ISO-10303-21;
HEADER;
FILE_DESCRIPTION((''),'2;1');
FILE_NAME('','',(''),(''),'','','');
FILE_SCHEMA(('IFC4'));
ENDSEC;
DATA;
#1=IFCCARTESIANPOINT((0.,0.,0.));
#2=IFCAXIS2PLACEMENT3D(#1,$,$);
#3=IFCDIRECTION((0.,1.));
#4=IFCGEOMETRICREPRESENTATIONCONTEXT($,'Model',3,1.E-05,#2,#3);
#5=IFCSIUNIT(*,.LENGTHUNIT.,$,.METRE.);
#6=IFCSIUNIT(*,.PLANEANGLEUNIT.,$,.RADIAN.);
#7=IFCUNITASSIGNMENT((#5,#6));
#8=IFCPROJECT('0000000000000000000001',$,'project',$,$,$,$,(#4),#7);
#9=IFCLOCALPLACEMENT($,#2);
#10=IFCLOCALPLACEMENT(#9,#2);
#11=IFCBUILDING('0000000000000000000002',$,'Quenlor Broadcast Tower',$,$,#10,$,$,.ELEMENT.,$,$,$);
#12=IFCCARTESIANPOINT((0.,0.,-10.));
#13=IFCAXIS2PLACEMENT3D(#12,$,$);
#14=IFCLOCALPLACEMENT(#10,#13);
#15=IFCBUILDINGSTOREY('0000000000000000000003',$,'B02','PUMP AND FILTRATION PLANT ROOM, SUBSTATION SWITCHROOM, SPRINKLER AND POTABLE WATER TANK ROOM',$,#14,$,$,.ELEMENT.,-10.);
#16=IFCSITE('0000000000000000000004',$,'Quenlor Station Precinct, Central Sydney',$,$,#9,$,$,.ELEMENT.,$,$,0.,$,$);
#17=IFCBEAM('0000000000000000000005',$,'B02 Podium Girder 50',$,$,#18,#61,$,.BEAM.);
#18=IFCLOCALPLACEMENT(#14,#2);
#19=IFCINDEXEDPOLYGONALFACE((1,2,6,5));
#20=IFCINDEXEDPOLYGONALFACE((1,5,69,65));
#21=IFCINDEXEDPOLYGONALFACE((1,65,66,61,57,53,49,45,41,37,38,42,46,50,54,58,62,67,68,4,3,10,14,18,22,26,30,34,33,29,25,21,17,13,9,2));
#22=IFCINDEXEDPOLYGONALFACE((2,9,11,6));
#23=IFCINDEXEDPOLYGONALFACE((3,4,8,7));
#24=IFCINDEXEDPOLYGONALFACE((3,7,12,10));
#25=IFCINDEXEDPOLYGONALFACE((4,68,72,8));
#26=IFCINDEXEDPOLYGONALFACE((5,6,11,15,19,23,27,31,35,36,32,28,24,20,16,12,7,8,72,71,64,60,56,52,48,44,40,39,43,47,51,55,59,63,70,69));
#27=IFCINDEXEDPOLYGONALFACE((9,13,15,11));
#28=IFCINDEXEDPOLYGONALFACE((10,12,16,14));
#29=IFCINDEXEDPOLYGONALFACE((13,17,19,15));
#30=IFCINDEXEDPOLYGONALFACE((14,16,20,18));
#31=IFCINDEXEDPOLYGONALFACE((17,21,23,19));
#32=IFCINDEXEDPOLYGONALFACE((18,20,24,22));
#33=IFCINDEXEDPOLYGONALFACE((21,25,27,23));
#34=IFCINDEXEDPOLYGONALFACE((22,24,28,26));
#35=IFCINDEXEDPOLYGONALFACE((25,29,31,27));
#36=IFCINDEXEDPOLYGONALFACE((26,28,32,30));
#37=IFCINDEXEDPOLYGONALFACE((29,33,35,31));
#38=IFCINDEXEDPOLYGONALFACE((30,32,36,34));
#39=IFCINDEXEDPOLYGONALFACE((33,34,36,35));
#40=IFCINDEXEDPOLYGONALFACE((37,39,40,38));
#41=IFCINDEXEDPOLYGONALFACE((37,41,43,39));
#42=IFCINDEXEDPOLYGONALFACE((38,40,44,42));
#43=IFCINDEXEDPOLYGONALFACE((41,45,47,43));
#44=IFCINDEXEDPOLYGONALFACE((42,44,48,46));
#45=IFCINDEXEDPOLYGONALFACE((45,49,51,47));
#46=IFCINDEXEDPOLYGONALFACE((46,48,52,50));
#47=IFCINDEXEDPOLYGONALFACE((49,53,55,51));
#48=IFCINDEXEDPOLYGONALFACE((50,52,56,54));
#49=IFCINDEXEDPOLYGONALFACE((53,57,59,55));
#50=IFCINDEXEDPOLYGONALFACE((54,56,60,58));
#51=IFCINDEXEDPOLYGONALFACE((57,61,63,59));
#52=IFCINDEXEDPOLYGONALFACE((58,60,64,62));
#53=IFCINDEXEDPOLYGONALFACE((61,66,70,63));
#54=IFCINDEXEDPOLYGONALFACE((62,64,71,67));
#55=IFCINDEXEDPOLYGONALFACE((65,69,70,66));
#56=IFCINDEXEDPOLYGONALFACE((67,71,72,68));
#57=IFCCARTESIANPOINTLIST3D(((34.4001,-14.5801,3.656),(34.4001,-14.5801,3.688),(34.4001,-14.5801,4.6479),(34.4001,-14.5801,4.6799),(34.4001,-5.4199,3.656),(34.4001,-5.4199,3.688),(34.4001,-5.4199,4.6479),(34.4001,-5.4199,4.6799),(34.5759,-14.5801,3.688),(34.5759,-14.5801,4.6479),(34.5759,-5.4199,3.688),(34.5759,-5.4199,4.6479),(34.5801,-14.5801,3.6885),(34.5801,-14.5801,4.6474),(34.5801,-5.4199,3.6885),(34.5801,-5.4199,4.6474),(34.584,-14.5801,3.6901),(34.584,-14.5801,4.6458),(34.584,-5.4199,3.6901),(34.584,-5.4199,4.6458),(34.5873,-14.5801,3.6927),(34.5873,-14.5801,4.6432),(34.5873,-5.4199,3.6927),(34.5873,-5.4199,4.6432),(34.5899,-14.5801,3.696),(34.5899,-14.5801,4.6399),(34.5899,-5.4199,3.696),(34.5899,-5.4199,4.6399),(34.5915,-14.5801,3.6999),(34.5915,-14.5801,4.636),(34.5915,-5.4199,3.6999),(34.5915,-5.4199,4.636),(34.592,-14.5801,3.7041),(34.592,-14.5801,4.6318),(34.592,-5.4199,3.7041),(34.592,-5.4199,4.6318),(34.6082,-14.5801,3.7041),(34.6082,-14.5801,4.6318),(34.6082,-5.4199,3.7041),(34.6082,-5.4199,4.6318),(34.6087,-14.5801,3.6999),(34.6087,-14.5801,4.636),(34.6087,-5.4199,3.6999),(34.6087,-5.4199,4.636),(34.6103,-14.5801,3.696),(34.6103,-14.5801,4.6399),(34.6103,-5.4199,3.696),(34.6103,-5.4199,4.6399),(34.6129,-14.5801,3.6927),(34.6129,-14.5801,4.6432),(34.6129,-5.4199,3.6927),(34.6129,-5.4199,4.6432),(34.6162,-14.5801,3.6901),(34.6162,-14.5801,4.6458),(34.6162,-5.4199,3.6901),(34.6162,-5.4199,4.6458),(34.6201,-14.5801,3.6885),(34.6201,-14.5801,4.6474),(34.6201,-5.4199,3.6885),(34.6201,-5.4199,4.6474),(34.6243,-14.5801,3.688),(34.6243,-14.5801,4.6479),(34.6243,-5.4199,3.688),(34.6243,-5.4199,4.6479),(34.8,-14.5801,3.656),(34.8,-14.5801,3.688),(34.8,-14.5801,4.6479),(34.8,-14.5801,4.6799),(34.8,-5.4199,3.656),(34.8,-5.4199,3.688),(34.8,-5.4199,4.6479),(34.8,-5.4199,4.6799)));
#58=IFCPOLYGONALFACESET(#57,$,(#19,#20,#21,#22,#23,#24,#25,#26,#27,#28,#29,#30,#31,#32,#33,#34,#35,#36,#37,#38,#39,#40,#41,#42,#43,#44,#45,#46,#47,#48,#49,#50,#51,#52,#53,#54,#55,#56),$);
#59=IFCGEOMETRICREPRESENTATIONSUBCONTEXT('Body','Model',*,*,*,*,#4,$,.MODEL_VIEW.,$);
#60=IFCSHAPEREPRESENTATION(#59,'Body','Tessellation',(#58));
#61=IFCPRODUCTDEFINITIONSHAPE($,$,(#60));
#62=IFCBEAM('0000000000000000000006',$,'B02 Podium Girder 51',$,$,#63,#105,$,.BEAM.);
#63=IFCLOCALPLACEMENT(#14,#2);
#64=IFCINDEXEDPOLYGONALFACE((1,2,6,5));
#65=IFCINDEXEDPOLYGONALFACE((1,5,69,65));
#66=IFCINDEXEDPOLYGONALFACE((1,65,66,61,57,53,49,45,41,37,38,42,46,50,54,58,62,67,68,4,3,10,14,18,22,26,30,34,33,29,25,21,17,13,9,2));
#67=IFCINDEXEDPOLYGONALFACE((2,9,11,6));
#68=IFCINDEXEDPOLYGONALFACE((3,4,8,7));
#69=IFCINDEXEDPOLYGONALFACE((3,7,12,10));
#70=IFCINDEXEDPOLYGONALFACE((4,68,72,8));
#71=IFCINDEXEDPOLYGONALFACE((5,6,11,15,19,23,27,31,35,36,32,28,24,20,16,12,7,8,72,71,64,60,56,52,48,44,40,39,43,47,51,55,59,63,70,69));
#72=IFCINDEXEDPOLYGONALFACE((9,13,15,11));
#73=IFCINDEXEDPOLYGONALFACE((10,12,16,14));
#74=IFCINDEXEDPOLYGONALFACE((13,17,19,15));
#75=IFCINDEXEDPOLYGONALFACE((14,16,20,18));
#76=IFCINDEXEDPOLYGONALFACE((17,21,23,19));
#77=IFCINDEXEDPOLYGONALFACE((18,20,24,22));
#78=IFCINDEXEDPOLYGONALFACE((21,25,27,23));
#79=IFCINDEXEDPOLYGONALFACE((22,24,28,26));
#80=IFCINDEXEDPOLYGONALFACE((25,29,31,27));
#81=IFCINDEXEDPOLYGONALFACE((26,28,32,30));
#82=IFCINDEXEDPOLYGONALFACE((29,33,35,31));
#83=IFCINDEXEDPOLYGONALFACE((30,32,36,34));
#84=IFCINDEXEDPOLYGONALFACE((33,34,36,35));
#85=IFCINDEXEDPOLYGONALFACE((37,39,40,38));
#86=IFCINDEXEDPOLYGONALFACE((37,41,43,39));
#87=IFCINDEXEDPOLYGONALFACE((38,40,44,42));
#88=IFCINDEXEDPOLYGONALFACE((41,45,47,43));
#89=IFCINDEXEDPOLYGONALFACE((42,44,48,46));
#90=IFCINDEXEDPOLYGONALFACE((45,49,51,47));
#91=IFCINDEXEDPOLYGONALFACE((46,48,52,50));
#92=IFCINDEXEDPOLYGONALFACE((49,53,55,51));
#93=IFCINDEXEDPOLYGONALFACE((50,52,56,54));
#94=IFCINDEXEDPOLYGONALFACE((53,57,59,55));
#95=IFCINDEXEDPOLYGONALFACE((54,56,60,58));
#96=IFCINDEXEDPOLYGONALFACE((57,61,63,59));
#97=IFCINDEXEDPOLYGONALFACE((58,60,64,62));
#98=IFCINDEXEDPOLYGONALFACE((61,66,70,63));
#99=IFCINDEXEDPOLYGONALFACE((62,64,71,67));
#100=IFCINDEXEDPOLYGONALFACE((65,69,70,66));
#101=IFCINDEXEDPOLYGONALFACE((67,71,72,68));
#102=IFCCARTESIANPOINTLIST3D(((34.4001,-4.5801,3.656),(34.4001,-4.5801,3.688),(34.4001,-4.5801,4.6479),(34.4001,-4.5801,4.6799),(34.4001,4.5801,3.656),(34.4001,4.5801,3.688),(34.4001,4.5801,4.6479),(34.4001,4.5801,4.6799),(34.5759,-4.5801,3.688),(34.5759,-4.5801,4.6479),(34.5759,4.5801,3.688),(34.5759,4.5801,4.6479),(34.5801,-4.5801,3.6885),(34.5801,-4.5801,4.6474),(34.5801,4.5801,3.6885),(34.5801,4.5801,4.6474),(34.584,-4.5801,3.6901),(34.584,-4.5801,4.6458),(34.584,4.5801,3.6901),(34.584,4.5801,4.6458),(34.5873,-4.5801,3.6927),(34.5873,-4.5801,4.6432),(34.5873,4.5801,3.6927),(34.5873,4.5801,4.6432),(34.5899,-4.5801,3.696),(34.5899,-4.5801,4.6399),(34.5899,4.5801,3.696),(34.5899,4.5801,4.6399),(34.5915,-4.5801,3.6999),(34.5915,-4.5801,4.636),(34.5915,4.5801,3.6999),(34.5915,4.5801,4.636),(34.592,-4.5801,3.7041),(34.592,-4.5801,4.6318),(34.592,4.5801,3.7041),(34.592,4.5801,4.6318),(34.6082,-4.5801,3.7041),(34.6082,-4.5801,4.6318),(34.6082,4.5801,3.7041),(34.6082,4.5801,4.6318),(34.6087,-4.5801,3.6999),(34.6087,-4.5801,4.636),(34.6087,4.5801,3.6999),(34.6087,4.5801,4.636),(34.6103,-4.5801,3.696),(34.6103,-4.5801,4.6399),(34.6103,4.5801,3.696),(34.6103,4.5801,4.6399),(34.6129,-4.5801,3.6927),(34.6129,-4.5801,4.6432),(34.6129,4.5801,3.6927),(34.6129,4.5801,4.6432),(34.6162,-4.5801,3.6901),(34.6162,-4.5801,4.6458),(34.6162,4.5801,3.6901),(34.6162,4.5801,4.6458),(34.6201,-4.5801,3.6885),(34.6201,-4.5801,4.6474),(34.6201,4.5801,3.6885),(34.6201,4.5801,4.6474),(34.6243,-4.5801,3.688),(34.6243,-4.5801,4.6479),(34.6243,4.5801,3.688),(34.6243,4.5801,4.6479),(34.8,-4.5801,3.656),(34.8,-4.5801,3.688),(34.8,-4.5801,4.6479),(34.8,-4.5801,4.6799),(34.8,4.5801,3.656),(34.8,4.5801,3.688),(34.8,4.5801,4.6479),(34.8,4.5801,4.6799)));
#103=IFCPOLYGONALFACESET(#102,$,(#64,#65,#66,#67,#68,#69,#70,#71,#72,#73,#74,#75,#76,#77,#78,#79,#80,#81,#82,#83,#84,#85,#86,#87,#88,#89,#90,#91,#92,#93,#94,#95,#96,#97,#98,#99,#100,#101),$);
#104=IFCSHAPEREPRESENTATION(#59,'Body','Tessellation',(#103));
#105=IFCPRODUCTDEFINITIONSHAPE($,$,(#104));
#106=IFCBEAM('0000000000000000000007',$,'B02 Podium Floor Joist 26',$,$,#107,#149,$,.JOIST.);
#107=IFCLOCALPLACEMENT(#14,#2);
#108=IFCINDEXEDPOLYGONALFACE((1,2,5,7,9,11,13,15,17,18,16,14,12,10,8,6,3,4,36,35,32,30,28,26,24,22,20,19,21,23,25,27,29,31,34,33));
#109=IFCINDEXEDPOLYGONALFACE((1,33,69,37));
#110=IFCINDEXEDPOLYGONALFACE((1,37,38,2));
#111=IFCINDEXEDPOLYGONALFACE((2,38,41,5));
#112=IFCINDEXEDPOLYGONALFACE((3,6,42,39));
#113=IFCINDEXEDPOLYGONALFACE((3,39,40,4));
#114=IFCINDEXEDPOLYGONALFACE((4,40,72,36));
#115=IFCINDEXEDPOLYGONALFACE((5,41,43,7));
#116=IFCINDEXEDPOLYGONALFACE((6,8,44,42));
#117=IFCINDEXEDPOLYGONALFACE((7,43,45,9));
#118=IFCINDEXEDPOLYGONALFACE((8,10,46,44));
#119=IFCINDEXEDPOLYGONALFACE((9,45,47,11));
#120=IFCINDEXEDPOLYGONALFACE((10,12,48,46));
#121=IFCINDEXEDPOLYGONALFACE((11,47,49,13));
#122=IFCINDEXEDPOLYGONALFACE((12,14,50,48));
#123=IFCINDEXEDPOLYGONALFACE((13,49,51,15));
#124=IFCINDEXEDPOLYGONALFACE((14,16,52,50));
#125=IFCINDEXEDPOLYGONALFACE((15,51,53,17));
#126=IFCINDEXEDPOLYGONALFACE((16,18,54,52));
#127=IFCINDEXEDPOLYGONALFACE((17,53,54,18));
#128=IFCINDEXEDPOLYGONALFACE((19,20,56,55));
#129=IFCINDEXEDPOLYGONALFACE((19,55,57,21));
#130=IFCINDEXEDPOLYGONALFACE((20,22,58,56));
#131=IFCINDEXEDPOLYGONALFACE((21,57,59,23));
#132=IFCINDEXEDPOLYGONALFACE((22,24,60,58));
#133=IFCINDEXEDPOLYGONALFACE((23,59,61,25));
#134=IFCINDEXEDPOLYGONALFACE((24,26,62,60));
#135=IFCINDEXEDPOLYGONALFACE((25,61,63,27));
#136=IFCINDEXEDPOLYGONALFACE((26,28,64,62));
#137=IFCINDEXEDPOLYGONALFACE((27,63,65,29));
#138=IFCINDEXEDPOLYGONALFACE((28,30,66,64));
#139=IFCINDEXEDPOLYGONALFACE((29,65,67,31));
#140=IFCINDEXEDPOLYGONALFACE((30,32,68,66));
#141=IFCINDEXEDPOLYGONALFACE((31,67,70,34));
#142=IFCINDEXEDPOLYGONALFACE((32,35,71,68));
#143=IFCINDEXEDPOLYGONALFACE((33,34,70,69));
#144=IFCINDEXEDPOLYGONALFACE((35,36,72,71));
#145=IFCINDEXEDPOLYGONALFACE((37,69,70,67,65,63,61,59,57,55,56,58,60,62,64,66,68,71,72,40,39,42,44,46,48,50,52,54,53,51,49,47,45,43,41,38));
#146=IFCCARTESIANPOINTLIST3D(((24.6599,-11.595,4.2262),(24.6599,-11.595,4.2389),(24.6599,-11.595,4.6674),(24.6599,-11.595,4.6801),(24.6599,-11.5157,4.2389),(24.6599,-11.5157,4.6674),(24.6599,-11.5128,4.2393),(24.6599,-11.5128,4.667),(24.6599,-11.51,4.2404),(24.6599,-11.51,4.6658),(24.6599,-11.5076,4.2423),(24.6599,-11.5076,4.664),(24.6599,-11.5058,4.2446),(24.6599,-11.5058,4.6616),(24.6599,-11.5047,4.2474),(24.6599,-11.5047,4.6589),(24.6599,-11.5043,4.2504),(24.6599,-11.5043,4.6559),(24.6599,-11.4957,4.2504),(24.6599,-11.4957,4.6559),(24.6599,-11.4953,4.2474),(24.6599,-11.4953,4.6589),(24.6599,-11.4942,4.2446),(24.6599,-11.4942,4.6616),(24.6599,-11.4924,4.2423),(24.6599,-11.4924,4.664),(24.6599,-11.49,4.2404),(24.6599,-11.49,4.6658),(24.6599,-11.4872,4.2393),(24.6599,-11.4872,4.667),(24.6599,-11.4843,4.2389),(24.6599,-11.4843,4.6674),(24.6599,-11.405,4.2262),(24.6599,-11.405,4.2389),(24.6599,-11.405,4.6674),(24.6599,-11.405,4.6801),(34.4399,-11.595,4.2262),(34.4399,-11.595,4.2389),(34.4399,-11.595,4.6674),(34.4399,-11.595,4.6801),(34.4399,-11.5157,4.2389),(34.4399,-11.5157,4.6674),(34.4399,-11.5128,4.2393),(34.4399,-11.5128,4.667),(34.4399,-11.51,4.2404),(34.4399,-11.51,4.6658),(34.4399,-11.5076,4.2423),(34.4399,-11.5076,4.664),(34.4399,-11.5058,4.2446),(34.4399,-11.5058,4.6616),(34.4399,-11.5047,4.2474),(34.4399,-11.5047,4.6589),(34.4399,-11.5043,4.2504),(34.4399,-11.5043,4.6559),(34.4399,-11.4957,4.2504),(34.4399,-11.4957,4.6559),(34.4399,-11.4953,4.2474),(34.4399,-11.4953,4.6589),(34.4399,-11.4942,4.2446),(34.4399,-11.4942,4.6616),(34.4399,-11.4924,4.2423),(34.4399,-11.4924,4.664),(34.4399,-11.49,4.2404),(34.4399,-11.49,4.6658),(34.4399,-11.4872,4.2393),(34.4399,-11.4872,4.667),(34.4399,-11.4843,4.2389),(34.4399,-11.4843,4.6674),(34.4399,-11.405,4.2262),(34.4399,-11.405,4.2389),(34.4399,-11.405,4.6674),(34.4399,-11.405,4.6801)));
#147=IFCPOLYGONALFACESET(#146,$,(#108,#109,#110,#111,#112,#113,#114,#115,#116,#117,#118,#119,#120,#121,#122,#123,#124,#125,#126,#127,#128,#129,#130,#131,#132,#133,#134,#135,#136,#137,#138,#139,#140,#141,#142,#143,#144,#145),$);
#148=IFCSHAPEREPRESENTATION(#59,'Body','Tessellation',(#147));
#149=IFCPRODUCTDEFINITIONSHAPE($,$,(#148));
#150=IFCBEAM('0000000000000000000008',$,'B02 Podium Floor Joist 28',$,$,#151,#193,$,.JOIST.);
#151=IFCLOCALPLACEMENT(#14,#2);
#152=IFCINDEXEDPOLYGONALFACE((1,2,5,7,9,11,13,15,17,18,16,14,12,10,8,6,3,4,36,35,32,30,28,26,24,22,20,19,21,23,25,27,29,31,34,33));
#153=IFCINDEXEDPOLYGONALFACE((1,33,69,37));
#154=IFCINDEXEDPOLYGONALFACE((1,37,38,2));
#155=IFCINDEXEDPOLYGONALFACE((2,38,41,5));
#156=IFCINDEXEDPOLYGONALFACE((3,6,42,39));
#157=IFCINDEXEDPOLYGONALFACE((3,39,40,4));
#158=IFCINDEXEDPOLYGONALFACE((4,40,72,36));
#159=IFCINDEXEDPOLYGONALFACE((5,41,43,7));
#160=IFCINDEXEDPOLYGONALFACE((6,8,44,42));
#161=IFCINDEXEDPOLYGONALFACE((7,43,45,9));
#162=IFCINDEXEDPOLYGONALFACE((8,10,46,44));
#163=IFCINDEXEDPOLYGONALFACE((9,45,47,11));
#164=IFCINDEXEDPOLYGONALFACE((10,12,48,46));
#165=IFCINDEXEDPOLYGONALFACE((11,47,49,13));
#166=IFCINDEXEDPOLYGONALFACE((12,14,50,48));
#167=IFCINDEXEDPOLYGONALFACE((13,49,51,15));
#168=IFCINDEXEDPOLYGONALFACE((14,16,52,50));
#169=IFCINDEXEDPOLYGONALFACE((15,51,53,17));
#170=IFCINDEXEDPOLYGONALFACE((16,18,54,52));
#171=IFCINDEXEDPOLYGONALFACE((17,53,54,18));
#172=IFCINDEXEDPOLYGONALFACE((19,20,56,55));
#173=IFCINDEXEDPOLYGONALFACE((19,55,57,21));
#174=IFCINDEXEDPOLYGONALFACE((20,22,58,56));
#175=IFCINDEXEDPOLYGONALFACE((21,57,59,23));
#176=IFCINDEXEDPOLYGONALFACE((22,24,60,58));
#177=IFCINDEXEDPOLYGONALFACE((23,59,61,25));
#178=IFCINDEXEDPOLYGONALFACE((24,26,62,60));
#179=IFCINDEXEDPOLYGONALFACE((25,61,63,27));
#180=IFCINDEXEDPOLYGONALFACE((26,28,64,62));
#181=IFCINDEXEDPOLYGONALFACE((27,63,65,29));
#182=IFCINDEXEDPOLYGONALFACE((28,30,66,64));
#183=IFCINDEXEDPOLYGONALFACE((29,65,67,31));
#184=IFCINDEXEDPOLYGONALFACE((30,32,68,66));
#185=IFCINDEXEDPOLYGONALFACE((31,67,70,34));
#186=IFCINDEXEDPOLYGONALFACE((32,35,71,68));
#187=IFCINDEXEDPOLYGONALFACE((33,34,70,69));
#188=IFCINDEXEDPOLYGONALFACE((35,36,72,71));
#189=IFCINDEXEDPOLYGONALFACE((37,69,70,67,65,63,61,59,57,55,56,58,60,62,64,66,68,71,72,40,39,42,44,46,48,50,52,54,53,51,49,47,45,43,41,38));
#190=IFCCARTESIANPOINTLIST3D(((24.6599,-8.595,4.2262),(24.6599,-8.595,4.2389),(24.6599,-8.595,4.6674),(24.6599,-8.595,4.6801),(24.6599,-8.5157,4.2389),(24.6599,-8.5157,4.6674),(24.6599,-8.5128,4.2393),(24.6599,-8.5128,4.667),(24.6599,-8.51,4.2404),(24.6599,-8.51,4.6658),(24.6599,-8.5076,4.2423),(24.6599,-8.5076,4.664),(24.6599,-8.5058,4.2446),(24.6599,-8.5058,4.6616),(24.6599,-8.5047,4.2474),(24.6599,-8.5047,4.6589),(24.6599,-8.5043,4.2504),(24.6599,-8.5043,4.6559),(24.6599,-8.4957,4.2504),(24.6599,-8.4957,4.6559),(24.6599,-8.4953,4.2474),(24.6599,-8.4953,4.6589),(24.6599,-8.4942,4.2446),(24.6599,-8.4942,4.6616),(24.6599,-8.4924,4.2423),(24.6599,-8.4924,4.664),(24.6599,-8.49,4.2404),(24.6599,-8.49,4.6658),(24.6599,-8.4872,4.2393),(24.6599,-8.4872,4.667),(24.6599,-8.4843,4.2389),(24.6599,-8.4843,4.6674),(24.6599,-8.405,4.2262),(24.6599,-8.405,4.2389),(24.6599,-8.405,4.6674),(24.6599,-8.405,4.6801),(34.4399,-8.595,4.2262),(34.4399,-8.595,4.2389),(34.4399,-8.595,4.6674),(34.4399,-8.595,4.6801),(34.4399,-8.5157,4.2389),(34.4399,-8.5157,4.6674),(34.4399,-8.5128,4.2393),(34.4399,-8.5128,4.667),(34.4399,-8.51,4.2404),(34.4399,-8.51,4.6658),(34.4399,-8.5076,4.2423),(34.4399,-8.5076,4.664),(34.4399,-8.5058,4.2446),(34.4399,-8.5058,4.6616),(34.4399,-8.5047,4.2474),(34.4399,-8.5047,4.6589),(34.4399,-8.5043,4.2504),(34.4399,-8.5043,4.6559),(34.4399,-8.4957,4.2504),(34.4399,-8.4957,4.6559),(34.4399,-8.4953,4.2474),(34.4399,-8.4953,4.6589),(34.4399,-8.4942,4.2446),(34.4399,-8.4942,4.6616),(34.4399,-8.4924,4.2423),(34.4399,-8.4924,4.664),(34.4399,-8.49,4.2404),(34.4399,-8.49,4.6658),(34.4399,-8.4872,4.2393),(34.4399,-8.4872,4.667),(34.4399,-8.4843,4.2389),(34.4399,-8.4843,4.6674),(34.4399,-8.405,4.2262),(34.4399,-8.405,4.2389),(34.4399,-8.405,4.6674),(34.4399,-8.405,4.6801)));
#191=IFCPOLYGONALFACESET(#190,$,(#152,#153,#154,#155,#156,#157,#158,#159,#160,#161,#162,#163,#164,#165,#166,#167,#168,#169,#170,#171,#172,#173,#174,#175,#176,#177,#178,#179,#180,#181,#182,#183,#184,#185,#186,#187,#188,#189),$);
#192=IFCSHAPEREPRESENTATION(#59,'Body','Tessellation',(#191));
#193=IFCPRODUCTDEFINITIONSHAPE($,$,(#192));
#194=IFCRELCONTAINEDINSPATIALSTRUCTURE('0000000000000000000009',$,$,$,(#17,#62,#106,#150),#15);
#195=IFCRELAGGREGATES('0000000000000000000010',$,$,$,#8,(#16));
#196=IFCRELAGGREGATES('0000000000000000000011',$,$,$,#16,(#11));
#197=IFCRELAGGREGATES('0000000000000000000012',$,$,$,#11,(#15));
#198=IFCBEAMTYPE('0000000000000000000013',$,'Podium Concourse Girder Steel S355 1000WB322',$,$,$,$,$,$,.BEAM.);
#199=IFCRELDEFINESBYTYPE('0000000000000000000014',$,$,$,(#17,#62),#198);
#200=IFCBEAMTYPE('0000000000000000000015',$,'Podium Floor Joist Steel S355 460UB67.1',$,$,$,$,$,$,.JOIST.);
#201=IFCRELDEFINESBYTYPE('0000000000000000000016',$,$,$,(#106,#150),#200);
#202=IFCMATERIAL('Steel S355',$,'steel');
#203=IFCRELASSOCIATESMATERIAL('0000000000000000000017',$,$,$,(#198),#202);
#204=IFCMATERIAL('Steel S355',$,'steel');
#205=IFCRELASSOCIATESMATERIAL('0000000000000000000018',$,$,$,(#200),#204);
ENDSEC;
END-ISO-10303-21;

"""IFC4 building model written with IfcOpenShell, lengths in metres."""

from ifc_helpers import new_model, si_unit, direction, frame, origin, origin_2d, place, context, subcontext, project, spatial, i_section, extrude, material, material_profile, profile_set, type_object, element, save


model = new_model("IFC4")

# Units and contexts
model_context = context("Model", 3, precision=1e-05, world=origin(), true_north=direction((0.0, 1.0)))
body_context = subcontext(model_context, "Body", "Model", "MODEL_VIEW")
ifc_project = project(units=[si_unit("LENGTHUNIT", "METRE"), si_unit("PLANEANGLEUNIT", "RADIAN")], contexts=[model_context])

# Site, building, storey
site_placement = place(None, origin())
site = spatial("IfcSite", under=ifc_project, at=site_placement, Name="Quenlor Station Precinct, Central Sydney", CompositionType="ELEMENT", RefElevation=0.0)
building_placement = place(site_placement, origin())
building = spatial("IfcBuilding", under=site, at=building_placement, Name="Quenlor Broadcast Tower", CompositionType="ELEMENT")
storey_placement = place(building_placement, frame((0.0, 0.0, -10.0)))
storey = spatial("IfcBuildingStorey", under=building, at=storey_placement, Name="B02", Description="PUMP AND FILTRATION PLANT ROOM, SUBSTATION SWITCHROOM, SPRINKLER AND POTABLE WATER TANK ROOM", CompositionType="ELEMENT", Elevation=-10.0)

# Beams
ifc_material_1 = material(Name="Steel S355", Category="steel")
ifc_material_profile_1 = material_profile(ifc_material_1, i_section(OverallWidth=0.3999, OverallDepth=1.0239, WebThickness=0.0161, FlangeThickness=0.032, FilletRadius=0.0161, at=origin_2d()))
ifc_profile_set_1 = profile_set([ifc_material_profile_1], Name="Steel S355 1000WB322")
beam_type_1 = type_object("IfcBeamType", Name="Podium Concourse Girder Steel S355 1000WB322", PredefinedType="BEAM", material=ifc_profile_set_1)
for number, where, z_axis, x_axis, name in (
    (1, (34.6001, -14.5801, 4.168), (0.0, 1.0, 0.0), (-1.0, 0.0, 0.0), "B02 Podium Girder 50"),
    (2, (34.6001, -4.5801, 4.168), (0.0, 1.0, 0.0), (-1.0, 0.0, 0.0), "B02 Podium Girder 51"),
):
    element("IfcBeam", number, at=place(storey_placement, frame(where, z_axis=z_axis, x_axis=x_axis)), inside=storey, type_object=beam_type_1, Name=name, PredefinedType="BEAM", context=body_context, shape_type="SweptSolid", body=[
        extrude(i_section(OverallWidth=0.3999, OverallDepth=1.0239, WebThickness=0.0161, FlangeThickness=0.032, FilletRadius=0.0161, at=origin_2d()), origin(), (0.0, 0.0, 1.0), 9.1602),
    ])
ifc_material_2 = material(Name="Steel S355", Category="steel")
ifc_material_profile_2 = material_profile(ifc_material_2, i_section(OverallWidth=0.1899, OverallDepth=0.4539, WebThickness=0.0085, FlangeThickness=0.0127, FilletRadius=0.0115, at=origin_2d()))
ifc_profile_set_2 = profile_set([ifc_material_profile_2], Name="Steel S355 460UB67.1")
beam_type_2 = type_object("IfcBeamType", Name="Podium Floor Joist Steel S355 460UB67.1", PredefinedType="JOIST", material=ifc_profile_set_2)
for number, where, z_axis, x_axis, name in (
    (3, (24.6599, -11.5, 4.4531), (1.0, 0.0, 0.0), (0.0, 1.0, 0.0), "B02 Podium Floor Joist 26"),
    (4, (24.6599, -8.5, 4.4531), (1.0, 0.0, 0.0), (0.0, 1.0, 0.0), "B02 Podium Floor Joist 28"),
):
    element("IfcBeam", number, at=place(storey_placement, frame(where, z_axis=z_axis, x_axis=x_axis)), inside=storey, type_object=beam_type_2, Name=name, PredefinedType="JOIST", context=body_context, shape_type="SweptSolid", body=[
        extrude(i_section(OverallWidth=0.1899, OverallDepth=0.4539, WebThickness=0.0085, FlangeThickness=0.0127, FilletRadius=0.0115, at=origin_2d()), origin(), (0.0, 0.0, 1.0), 9.78),
    ])

save(model, "model.ifc")
